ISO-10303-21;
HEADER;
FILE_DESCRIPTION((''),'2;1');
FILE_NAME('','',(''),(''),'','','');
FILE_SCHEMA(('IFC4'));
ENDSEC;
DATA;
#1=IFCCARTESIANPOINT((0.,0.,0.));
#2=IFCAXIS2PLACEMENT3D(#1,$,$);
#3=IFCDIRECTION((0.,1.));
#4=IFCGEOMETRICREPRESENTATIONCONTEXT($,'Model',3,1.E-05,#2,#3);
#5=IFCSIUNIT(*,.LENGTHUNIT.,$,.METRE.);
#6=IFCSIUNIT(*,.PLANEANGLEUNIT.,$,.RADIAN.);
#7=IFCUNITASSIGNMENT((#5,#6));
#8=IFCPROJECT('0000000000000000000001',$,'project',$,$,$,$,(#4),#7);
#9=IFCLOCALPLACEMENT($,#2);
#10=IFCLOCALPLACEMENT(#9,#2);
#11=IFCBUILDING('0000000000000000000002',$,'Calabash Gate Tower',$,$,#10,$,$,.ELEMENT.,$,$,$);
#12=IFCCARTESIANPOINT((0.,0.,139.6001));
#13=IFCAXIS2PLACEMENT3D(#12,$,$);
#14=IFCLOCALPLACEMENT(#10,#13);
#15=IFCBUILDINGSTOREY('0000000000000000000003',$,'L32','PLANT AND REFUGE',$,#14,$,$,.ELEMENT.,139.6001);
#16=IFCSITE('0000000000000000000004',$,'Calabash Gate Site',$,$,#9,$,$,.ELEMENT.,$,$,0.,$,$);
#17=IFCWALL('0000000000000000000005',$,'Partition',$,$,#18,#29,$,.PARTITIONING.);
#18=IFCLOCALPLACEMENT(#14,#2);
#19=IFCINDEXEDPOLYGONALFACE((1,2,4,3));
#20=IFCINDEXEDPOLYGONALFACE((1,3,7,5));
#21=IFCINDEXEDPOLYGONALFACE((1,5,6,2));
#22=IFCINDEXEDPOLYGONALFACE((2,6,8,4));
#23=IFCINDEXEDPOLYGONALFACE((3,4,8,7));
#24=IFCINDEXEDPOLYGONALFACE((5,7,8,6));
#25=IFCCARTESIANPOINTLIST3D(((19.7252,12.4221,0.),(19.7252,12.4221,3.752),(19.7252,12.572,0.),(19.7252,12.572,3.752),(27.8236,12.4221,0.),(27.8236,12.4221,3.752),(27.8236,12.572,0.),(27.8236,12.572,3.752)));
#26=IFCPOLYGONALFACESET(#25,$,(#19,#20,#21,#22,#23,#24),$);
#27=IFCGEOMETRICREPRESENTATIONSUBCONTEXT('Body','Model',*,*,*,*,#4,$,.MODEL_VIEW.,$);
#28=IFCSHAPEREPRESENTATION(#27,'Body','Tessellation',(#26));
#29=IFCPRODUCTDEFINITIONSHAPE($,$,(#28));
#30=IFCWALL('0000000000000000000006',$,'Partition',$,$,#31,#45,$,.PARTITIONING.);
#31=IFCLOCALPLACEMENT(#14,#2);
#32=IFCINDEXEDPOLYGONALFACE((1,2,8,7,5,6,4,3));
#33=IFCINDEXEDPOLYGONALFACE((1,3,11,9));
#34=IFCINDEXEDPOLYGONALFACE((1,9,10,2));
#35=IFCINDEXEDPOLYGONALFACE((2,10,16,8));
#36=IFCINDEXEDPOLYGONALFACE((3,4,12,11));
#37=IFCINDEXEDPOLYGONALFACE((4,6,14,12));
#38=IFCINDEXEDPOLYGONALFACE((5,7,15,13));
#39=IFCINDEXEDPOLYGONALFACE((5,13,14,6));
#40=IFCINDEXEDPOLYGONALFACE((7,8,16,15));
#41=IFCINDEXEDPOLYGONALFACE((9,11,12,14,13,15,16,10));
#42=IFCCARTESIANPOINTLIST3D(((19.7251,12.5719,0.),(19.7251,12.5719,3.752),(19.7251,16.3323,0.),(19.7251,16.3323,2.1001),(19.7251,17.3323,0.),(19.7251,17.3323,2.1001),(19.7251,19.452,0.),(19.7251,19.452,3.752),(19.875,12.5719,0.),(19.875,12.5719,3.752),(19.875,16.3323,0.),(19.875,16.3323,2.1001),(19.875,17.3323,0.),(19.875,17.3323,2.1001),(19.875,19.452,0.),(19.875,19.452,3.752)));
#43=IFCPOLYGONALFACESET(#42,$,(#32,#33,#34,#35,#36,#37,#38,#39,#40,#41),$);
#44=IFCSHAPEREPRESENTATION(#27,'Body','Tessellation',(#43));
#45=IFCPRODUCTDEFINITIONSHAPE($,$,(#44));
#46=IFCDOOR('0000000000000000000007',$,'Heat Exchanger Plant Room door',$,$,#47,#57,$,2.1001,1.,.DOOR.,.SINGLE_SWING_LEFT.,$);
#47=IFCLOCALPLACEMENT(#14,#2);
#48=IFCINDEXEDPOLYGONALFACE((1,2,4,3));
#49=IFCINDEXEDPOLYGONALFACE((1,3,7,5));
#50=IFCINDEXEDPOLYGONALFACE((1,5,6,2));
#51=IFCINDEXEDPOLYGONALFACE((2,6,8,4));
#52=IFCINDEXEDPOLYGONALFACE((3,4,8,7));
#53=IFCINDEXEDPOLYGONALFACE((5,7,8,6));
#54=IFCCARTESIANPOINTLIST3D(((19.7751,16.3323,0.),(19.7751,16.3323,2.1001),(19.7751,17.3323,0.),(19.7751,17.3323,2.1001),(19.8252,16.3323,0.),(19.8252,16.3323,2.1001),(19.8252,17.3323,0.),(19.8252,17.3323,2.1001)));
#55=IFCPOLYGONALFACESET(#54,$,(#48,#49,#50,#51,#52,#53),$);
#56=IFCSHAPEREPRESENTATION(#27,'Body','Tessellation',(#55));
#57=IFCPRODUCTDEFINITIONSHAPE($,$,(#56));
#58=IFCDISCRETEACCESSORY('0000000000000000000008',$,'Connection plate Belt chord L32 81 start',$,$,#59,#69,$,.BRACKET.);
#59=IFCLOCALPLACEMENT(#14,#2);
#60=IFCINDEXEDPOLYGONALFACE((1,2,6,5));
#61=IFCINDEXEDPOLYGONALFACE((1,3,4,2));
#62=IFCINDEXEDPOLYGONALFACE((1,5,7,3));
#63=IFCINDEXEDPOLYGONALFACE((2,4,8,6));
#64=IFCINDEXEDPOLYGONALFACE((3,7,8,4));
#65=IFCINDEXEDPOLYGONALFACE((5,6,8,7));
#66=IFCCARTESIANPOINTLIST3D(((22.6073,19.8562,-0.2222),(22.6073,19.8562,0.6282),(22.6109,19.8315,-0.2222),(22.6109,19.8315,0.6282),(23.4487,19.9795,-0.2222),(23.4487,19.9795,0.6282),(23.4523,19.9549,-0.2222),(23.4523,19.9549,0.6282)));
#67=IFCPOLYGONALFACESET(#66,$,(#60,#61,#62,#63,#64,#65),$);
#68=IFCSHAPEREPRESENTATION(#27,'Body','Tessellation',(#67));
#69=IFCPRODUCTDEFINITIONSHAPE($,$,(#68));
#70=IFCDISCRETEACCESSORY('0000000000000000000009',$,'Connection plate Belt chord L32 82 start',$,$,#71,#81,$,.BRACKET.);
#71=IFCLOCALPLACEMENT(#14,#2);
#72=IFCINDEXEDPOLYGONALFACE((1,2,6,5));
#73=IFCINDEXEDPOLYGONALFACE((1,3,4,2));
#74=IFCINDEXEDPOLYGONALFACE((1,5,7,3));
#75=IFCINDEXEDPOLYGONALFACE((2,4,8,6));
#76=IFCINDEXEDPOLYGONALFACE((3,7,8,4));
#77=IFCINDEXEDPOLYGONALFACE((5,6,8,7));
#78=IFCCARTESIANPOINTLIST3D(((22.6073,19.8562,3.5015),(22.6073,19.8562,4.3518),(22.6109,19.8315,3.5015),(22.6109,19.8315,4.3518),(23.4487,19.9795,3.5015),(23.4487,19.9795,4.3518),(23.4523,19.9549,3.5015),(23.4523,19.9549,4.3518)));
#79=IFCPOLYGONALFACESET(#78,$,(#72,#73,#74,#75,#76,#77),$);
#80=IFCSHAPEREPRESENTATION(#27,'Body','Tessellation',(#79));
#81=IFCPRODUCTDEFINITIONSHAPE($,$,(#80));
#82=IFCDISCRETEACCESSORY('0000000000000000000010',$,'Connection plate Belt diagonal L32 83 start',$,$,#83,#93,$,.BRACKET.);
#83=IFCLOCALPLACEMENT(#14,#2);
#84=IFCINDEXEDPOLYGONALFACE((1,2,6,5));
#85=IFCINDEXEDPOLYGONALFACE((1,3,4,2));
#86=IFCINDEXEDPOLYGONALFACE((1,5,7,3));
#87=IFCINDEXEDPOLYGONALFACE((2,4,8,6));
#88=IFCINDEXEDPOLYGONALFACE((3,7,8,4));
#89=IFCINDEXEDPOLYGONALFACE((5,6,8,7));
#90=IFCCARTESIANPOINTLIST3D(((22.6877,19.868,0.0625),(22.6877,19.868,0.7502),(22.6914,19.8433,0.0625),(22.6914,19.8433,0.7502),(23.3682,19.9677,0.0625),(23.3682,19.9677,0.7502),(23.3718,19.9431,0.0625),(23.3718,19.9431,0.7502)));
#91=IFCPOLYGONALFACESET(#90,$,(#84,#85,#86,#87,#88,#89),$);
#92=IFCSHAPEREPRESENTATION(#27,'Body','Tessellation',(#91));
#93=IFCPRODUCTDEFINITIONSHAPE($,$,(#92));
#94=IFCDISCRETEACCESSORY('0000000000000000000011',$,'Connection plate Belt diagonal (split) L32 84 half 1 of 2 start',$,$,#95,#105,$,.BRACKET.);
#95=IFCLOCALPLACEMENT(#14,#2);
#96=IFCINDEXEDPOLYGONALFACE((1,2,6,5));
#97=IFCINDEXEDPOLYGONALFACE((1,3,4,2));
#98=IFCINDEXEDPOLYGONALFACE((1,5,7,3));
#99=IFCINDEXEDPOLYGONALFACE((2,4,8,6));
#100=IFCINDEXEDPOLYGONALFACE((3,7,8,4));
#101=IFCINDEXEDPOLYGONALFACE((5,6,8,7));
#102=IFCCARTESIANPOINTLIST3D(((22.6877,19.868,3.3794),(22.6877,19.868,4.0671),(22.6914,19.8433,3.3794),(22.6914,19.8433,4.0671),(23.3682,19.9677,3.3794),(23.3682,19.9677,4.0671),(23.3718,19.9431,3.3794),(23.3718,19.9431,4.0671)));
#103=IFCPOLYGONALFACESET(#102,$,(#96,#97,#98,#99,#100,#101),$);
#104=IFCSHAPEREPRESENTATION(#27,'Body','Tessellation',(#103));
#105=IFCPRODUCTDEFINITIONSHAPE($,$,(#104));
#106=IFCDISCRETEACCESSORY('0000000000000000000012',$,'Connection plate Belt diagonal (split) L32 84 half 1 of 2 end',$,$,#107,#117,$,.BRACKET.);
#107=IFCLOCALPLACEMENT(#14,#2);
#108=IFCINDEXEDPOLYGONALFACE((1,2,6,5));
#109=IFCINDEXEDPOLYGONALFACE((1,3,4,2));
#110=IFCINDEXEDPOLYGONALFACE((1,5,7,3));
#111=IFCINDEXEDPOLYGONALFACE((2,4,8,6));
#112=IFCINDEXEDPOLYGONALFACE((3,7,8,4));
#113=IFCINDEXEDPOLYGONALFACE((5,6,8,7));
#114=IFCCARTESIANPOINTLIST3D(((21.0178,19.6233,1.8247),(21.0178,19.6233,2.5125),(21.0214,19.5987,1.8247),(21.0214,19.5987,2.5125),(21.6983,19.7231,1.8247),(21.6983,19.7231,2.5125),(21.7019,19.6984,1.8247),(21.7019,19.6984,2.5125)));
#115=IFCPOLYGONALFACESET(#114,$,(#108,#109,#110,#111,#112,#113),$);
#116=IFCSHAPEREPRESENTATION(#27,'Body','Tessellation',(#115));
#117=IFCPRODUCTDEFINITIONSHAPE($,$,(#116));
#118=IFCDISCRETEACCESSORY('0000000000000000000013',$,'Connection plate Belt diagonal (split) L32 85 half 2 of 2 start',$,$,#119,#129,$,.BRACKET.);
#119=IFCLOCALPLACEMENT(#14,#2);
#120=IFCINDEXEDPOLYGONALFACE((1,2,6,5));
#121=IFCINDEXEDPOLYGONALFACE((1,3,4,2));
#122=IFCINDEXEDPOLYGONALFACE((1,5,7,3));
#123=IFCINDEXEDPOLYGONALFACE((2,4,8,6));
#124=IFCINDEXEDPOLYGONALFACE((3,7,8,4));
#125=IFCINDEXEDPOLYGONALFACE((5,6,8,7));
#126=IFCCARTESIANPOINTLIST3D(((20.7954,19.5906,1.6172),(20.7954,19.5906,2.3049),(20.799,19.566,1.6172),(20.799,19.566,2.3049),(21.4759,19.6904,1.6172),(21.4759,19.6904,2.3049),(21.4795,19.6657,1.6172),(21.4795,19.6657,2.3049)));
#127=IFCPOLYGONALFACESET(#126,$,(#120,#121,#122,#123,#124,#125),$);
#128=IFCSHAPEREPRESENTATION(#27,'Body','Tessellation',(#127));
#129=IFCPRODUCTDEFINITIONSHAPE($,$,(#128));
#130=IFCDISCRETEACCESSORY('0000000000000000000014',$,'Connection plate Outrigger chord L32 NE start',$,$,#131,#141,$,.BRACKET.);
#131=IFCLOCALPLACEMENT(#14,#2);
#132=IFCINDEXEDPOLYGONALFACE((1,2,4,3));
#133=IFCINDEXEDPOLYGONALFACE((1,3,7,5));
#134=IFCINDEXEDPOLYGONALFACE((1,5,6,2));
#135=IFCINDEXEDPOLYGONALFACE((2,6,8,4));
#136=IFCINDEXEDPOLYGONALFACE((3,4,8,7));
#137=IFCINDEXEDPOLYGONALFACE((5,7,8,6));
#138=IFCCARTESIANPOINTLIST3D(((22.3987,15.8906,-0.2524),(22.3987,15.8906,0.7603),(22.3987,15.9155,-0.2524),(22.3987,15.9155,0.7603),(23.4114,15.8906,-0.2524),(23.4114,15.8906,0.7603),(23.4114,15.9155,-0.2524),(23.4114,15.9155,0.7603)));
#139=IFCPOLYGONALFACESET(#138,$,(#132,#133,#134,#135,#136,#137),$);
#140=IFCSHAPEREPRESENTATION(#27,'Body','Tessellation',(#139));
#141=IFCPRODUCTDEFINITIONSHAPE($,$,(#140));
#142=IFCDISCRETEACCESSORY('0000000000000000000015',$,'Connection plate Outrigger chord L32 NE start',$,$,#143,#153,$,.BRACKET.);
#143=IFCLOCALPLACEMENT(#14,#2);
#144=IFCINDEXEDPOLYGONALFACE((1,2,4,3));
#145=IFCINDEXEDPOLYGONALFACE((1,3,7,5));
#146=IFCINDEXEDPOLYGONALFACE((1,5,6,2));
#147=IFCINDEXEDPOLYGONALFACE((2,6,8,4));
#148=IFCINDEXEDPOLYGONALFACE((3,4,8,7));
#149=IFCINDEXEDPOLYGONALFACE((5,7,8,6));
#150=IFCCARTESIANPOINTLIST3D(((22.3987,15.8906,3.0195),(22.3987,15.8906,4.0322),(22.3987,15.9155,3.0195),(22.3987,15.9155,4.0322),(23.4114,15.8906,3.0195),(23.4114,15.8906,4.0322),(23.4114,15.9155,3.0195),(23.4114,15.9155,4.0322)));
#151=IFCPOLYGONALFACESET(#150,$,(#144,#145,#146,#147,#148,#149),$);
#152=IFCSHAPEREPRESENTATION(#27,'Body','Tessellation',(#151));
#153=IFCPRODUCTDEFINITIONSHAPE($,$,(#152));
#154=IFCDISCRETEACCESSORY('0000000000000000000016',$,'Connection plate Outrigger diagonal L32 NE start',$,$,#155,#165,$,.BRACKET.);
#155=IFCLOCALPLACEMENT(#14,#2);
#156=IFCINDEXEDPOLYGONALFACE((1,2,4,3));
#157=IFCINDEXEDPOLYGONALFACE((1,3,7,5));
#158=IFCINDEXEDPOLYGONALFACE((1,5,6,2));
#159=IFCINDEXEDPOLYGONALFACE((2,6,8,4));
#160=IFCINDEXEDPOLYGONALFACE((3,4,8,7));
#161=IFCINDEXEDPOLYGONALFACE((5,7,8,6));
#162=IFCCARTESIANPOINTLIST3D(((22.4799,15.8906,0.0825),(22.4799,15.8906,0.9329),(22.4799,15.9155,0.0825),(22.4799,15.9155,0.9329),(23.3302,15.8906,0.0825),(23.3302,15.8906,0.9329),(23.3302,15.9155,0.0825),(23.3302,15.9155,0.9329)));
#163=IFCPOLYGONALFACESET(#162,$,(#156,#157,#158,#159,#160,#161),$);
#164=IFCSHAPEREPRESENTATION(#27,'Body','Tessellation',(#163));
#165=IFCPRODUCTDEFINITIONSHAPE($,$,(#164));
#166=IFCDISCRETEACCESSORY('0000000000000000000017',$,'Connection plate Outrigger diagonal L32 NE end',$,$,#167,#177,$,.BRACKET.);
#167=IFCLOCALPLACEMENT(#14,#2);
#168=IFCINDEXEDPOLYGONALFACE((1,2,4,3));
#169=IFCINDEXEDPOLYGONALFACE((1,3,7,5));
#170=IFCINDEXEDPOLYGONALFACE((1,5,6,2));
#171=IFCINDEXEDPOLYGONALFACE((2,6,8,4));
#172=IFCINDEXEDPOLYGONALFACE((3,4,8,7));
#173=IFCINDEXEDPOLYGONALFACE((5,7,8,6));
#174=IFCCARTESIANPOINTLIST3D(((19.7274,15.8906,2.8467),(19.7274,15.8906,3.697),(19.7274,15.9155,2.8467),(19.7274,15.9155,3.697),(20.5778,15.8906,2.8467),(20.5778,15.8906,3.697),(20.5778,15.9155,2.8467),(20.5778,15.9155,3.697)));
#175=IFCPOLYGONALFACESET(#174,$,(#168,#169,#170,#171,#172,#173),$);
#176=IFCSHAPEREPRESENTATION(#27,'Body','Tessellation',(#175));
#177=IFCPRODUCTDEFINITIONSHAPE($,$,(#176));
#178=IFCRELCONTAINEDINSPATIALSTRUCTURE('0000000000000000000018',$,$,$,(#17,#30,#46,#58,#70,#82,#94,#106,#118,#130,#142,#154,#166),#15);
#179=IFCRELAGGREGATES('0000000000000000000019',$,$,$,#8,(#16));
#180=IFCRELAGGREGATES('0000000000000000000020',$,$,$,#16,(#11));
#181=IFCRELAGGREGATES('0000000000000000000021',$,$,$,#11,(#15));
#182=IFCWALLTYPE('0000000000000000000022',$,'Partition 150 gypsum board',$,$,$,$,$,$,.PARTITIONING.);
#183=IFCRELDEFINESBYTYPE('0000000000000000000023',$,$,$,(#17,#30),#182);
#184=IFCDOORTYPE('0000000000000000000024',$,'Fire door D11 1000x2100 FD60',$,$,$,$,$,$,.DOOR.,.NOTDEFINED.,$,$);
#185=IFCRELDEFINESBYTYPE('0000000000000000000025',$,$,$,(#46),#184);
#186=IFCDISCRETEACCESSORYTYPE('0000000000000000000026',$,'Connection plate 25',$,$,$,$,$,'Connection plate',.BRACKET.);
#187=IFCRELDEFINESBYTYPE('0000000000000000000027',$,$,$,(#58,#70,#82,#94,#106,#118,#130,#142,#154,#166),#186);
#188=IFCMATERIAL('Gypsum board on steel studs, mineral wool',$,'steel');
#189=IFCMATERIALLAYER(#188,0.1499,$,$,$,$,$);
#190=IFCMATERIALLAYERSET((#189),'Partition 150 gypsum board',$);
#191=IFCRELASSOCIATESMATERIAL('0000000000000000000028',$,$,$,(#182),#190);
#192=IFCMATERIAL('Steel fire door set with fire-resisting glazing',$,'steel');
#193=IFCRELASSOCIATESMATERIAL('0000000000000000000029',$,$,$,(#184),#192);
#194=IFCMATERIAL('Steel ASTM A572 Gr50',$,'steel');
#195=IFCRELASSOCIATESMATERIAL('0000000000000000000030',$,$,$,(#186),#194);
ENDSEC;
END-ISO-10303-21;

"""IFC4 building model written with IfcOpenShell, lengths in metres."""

from ifc_helpers import new_model, si_unit, direction, frame, frame_2d, origin, origin_2d, place, context, subcontext, project, spatial, rectangle, extrude, material, layer, layer_set, type_object, element, fill, save


model = new_model("IFC4")

# Units and contexts
model_context = context("Model", 3, precision=1e-05, world=origin(), true_north=direction((0.0, 1.0)))
body_context = subcontext(model_context, "Body", "Model", "MODEL_VIEW")
ifc_project = project(units=[si_unit("LENGTHUNIT", "METRE"), si_unit("PLANEANGLEUNIT", "RADIAN")], contexts=[model_context])

# Site, building, storey
site_placement = place(None, origin())
site = spatial("IfcSite", under=ifc_project, at=site_placement, Name="Calabash Gate Site", CompositionType="ELEMENT", RefElevation=0.0)
building_placement = place(site_placement, origin())
building = spatial("IfcBuilding", under=site, at=building_placement, Name="Calabash Gate Tower", CompositionType="ELEMENT")
storey_placement = place(building_placement, frame((0.0, 0.0, 139.6001)))
storey = spatial("IfcBuildingStorey", under=building, at=storey_placement, Name="L32", Description="PLANT AND REFUGE", CompositionType="ELEMENT", Elevation=139.6001)

# Wall
ifc_material_1 = material(Name="Gypsum board on steel studs, mineral wool", Category="steel")
ifc_layer = layer(ifc_material_1, 0.1499)
ifc_layer_set = layer_set([ifc_layer], Name="Partition 150 gypsum board")
wall_type = type_object("IfcWallType", Name="Partition 150 gypsum board", PredefinedType="PARTITIONING", material=ifc_layer_set)
wall_1_placement = place(storey_placement, frame((19.7251, 12.4971, 0.0), z_axis=(0.0, 0.0, 1.0), x_axis=(1.0, 0.0, 0.0)))
element("IfcWall", 1, at=wall_1_placement, inside=storey, type_object=wall_type, Name="Partition", PredefinedType="PARTITIONING", context=body_context, shape_type="SweptSolid", body=[
    extrude(rectangle(XDim=8.0984, YDim=0.1499, at=frame_2d((4.0493, 0.0))), origin(), (0.0, 0.0, 1.0), 3.752),
])

# Wall, opening, door
wall_2_placement = place(storey_placement, frame((19.8, 12.572, 0.0), z_axis=(0.0, 0.0, 1.0), x_axis=(0.0, 1.0, 0.0)))
wall_2 = element("IfcWall", 2, at=wall_2_placement, inside=storey, type_object=wall_type, Name="Partition", PredefinedType="PARTITIONING", context=body_context, shape_type="SweptSolid", body=[
    extrude(rectangle(XDim=6.8801, YDim=0.1499, at=frame_2d((3.4399, 0.0))), origin(), (0.0, 0.0, 1.0), 3.752),
])
opening_placement = place(wall_2_placement, frame((3.7603, 0.0, 0.0)))
opening = element("IfcOpeningElement", 3, at=opening_placement, cuts=wall_2, PredefinedType="OPENING", context=body_context, shape_type="SweptSolid", body=[
    extrude(rectangle(XDim=1.0, YDim=2.1001, at=frame_2d((0.5, 1.05))), frame((0.0, 0.085, 0.0), z_axis=(0.0, -1.0, 0.0), x_axis=(1.0, 0.0, 0.0)), (0.0, 0.0, 1.0), 0.1699),
])
ifc_material_2 = material(Name="Steel fire door set with fire-resisting glazing", Category="steel")
door_type = type_object("IfcDoorType", Name="Fire door D11 1000x2100 FD60", OperationType="NOTDEFINED", PredefinedType="DOOR", material=ifc_material_2)
door_placement = place(opening_placement, origin())
door = element("IfcDoor", 4, at=door_placement, inside=storey, type_object=door_type, Name="Heat Exchanger Plant Room door", OperationType="SINGLE_SWING_LEFT", OverallHeight=2.1001, OverallWidth=1.0, PredefinedType="DOOR", context=body_context, shape_type="SweptSolid", body=[
    extrude(rectangle(XDim=1.0, YDim=2.1001, at=frame_2d((0.5, 1.05))), frame((0.0, 0.0249, 0.0), z_axis=(0.0, -1.0, 0.0), x_axis=(1.0, 0.0, 0.0)), (0.0, 0.0, 1.0), 0.05),
])
fill(opening, door)

# Discrete accessories
ifc_material_3 = material(Name="Steel ASTM A572 Gr50", Category="steel")
discrete_accessory_type = type_object("IfcDiscreteAccessoryType", Name="Connection plate 25", ElementType="Connection plate", PredefinedType="BRACKET", material=ifc_material_3)
for number, where, z_axis, x_axis, name in (
    (5, (23.0298, 19.9055, -0.2222), (0.0, 0.0, 1.0), (-0.98943, -0.145014, 0.0), "Connection plate Belt chord L32 81 start"),
    (6, (23.0298, 19.9055, 3.5015), (0.0, 0.0, 1.0), (-0.98943, -0.145014, 0.0), "Connection plate Belt chord L32 82 start"),
):
    element("IfcDiscreteAccessory", number, at=place(storey_placement, frame(where, z_axis=z_axis, x_axis=x_axis)), inside=storey, type_object=discrete_accessory_type, Name=name, PredefinedType="BRACKET", context=body_context, shape_type="SweptSolid", body=[
        extrude(rectangle(XDim=0.8503, YDim=0.0249, at=origin_2d()), origin(), (0.0, 0.0, 1.0), 0.8503),
    ])
for number, where, z_axis, x_axis, name in (
    (7, (23.0298, 19.9055, 0.0625), (0.0, 0.0, 1.0), (-0.98943, -0.145014, 0.0), "Connection plate Belt diagonal L32 83 start"),
    (8, (23.0298, 19.9055, 3.3794), (0.0, 0.0, 1.0), (-0.98943, -0.145014, 0.0), "Connection plate Belt diagonal (split) L32 84 half 1 of 2 start"),
    (9, (21.3599, 19.6609, 1.8247), (0.0, 0.0, 1.0), (-0.98943, -0.145014, 0.0), "Connection plate Belt diagonal (split) L32 84 half 1 of 2 end"),
    (10, (21.1375, 19.6282, 1.6172), (0.0, 0.0, 1.0), (-0.98943, -0.145014, 0.0), "Connection plate Belt diagonal (split) L32 85 half 2 of 2 start"),
):
    element("IfcDiscreteAccessory", number, at=place(storey_placement, frame(where, z_axis=z_axis, x_axis=x_axis)), inside=storey, type_object=discrete_accessory_type, Name=name, PredefinedType="BRACKET", context=body_context, shape_type="SweptSolid", body=[
        extrude(rectangle(XDim=0.6877, YDim=0.0249, at=origin_2d()), origin(), (0.0, 0.0, 1.0), 0.6877),
    ])
for number, where, z_axis, x_axis, name in (
    (11, (22.905, 15.9031, -0.2524), (0.0, 0.0, 1.0), (-1.0, 0.0, 0.0), "Connection plate Outrigger chord L32 NE start"),
    (12, (22.905, 15.9031, 3.0195), (0.0, 0.0, 1.0), (-1.0, 0.0, 0.0), "Connection plate Outrigger chord L32 NE start"),
):
    element("IfcDiscreteAccessory", number, at=place(storey_placement, frame(where, z_axis=z_axis, x_axis=x_axis)), inside=storey, type_object=discrete_accessory_type, Name=name, PredefinedType="BRACKET", context=body_context, shape_type="SweptSolid", body=[
        extrude(rectangle(XDim=1.0127, YDim=0.0249, at=origin_2d()), origin(), (0.0, 0.0, 1.0), 1.0127),
    ])
for number, where, z_axis, x_axis, name in (
    (13, (22.905, 15.9031, 0.0825), (0.0, 0.0, 1.0), (-1.0, 0.0, 0.0), "Connection plate Outrigger diagonal L32 NE start"),
    (14, (20.1526, 15.9031, 2.8467), (0.0, 0.0, 1.0), (-1.0, 0.0, 0.0), "Connection plate Outrigger diagonal L32 NE end"),
):
    element("IfcDiscreteAccessory", number, at=place(storey_placement, frame(where, z_axis=z_axis, x_axis=x_axis)), inside=storey, type_object=discrete_accessory_type, Name=name, PredefinedType="BRACKET", context=body_context, shape_type="SweptSolid", body=[
        extrude(rectangle(XDim=0.8503, YDim=0.0249, at=origin_2d()), origin(), (0.0, 0.0, 1.0), 0.8503),
    ])

save(model, "model.ifc")
